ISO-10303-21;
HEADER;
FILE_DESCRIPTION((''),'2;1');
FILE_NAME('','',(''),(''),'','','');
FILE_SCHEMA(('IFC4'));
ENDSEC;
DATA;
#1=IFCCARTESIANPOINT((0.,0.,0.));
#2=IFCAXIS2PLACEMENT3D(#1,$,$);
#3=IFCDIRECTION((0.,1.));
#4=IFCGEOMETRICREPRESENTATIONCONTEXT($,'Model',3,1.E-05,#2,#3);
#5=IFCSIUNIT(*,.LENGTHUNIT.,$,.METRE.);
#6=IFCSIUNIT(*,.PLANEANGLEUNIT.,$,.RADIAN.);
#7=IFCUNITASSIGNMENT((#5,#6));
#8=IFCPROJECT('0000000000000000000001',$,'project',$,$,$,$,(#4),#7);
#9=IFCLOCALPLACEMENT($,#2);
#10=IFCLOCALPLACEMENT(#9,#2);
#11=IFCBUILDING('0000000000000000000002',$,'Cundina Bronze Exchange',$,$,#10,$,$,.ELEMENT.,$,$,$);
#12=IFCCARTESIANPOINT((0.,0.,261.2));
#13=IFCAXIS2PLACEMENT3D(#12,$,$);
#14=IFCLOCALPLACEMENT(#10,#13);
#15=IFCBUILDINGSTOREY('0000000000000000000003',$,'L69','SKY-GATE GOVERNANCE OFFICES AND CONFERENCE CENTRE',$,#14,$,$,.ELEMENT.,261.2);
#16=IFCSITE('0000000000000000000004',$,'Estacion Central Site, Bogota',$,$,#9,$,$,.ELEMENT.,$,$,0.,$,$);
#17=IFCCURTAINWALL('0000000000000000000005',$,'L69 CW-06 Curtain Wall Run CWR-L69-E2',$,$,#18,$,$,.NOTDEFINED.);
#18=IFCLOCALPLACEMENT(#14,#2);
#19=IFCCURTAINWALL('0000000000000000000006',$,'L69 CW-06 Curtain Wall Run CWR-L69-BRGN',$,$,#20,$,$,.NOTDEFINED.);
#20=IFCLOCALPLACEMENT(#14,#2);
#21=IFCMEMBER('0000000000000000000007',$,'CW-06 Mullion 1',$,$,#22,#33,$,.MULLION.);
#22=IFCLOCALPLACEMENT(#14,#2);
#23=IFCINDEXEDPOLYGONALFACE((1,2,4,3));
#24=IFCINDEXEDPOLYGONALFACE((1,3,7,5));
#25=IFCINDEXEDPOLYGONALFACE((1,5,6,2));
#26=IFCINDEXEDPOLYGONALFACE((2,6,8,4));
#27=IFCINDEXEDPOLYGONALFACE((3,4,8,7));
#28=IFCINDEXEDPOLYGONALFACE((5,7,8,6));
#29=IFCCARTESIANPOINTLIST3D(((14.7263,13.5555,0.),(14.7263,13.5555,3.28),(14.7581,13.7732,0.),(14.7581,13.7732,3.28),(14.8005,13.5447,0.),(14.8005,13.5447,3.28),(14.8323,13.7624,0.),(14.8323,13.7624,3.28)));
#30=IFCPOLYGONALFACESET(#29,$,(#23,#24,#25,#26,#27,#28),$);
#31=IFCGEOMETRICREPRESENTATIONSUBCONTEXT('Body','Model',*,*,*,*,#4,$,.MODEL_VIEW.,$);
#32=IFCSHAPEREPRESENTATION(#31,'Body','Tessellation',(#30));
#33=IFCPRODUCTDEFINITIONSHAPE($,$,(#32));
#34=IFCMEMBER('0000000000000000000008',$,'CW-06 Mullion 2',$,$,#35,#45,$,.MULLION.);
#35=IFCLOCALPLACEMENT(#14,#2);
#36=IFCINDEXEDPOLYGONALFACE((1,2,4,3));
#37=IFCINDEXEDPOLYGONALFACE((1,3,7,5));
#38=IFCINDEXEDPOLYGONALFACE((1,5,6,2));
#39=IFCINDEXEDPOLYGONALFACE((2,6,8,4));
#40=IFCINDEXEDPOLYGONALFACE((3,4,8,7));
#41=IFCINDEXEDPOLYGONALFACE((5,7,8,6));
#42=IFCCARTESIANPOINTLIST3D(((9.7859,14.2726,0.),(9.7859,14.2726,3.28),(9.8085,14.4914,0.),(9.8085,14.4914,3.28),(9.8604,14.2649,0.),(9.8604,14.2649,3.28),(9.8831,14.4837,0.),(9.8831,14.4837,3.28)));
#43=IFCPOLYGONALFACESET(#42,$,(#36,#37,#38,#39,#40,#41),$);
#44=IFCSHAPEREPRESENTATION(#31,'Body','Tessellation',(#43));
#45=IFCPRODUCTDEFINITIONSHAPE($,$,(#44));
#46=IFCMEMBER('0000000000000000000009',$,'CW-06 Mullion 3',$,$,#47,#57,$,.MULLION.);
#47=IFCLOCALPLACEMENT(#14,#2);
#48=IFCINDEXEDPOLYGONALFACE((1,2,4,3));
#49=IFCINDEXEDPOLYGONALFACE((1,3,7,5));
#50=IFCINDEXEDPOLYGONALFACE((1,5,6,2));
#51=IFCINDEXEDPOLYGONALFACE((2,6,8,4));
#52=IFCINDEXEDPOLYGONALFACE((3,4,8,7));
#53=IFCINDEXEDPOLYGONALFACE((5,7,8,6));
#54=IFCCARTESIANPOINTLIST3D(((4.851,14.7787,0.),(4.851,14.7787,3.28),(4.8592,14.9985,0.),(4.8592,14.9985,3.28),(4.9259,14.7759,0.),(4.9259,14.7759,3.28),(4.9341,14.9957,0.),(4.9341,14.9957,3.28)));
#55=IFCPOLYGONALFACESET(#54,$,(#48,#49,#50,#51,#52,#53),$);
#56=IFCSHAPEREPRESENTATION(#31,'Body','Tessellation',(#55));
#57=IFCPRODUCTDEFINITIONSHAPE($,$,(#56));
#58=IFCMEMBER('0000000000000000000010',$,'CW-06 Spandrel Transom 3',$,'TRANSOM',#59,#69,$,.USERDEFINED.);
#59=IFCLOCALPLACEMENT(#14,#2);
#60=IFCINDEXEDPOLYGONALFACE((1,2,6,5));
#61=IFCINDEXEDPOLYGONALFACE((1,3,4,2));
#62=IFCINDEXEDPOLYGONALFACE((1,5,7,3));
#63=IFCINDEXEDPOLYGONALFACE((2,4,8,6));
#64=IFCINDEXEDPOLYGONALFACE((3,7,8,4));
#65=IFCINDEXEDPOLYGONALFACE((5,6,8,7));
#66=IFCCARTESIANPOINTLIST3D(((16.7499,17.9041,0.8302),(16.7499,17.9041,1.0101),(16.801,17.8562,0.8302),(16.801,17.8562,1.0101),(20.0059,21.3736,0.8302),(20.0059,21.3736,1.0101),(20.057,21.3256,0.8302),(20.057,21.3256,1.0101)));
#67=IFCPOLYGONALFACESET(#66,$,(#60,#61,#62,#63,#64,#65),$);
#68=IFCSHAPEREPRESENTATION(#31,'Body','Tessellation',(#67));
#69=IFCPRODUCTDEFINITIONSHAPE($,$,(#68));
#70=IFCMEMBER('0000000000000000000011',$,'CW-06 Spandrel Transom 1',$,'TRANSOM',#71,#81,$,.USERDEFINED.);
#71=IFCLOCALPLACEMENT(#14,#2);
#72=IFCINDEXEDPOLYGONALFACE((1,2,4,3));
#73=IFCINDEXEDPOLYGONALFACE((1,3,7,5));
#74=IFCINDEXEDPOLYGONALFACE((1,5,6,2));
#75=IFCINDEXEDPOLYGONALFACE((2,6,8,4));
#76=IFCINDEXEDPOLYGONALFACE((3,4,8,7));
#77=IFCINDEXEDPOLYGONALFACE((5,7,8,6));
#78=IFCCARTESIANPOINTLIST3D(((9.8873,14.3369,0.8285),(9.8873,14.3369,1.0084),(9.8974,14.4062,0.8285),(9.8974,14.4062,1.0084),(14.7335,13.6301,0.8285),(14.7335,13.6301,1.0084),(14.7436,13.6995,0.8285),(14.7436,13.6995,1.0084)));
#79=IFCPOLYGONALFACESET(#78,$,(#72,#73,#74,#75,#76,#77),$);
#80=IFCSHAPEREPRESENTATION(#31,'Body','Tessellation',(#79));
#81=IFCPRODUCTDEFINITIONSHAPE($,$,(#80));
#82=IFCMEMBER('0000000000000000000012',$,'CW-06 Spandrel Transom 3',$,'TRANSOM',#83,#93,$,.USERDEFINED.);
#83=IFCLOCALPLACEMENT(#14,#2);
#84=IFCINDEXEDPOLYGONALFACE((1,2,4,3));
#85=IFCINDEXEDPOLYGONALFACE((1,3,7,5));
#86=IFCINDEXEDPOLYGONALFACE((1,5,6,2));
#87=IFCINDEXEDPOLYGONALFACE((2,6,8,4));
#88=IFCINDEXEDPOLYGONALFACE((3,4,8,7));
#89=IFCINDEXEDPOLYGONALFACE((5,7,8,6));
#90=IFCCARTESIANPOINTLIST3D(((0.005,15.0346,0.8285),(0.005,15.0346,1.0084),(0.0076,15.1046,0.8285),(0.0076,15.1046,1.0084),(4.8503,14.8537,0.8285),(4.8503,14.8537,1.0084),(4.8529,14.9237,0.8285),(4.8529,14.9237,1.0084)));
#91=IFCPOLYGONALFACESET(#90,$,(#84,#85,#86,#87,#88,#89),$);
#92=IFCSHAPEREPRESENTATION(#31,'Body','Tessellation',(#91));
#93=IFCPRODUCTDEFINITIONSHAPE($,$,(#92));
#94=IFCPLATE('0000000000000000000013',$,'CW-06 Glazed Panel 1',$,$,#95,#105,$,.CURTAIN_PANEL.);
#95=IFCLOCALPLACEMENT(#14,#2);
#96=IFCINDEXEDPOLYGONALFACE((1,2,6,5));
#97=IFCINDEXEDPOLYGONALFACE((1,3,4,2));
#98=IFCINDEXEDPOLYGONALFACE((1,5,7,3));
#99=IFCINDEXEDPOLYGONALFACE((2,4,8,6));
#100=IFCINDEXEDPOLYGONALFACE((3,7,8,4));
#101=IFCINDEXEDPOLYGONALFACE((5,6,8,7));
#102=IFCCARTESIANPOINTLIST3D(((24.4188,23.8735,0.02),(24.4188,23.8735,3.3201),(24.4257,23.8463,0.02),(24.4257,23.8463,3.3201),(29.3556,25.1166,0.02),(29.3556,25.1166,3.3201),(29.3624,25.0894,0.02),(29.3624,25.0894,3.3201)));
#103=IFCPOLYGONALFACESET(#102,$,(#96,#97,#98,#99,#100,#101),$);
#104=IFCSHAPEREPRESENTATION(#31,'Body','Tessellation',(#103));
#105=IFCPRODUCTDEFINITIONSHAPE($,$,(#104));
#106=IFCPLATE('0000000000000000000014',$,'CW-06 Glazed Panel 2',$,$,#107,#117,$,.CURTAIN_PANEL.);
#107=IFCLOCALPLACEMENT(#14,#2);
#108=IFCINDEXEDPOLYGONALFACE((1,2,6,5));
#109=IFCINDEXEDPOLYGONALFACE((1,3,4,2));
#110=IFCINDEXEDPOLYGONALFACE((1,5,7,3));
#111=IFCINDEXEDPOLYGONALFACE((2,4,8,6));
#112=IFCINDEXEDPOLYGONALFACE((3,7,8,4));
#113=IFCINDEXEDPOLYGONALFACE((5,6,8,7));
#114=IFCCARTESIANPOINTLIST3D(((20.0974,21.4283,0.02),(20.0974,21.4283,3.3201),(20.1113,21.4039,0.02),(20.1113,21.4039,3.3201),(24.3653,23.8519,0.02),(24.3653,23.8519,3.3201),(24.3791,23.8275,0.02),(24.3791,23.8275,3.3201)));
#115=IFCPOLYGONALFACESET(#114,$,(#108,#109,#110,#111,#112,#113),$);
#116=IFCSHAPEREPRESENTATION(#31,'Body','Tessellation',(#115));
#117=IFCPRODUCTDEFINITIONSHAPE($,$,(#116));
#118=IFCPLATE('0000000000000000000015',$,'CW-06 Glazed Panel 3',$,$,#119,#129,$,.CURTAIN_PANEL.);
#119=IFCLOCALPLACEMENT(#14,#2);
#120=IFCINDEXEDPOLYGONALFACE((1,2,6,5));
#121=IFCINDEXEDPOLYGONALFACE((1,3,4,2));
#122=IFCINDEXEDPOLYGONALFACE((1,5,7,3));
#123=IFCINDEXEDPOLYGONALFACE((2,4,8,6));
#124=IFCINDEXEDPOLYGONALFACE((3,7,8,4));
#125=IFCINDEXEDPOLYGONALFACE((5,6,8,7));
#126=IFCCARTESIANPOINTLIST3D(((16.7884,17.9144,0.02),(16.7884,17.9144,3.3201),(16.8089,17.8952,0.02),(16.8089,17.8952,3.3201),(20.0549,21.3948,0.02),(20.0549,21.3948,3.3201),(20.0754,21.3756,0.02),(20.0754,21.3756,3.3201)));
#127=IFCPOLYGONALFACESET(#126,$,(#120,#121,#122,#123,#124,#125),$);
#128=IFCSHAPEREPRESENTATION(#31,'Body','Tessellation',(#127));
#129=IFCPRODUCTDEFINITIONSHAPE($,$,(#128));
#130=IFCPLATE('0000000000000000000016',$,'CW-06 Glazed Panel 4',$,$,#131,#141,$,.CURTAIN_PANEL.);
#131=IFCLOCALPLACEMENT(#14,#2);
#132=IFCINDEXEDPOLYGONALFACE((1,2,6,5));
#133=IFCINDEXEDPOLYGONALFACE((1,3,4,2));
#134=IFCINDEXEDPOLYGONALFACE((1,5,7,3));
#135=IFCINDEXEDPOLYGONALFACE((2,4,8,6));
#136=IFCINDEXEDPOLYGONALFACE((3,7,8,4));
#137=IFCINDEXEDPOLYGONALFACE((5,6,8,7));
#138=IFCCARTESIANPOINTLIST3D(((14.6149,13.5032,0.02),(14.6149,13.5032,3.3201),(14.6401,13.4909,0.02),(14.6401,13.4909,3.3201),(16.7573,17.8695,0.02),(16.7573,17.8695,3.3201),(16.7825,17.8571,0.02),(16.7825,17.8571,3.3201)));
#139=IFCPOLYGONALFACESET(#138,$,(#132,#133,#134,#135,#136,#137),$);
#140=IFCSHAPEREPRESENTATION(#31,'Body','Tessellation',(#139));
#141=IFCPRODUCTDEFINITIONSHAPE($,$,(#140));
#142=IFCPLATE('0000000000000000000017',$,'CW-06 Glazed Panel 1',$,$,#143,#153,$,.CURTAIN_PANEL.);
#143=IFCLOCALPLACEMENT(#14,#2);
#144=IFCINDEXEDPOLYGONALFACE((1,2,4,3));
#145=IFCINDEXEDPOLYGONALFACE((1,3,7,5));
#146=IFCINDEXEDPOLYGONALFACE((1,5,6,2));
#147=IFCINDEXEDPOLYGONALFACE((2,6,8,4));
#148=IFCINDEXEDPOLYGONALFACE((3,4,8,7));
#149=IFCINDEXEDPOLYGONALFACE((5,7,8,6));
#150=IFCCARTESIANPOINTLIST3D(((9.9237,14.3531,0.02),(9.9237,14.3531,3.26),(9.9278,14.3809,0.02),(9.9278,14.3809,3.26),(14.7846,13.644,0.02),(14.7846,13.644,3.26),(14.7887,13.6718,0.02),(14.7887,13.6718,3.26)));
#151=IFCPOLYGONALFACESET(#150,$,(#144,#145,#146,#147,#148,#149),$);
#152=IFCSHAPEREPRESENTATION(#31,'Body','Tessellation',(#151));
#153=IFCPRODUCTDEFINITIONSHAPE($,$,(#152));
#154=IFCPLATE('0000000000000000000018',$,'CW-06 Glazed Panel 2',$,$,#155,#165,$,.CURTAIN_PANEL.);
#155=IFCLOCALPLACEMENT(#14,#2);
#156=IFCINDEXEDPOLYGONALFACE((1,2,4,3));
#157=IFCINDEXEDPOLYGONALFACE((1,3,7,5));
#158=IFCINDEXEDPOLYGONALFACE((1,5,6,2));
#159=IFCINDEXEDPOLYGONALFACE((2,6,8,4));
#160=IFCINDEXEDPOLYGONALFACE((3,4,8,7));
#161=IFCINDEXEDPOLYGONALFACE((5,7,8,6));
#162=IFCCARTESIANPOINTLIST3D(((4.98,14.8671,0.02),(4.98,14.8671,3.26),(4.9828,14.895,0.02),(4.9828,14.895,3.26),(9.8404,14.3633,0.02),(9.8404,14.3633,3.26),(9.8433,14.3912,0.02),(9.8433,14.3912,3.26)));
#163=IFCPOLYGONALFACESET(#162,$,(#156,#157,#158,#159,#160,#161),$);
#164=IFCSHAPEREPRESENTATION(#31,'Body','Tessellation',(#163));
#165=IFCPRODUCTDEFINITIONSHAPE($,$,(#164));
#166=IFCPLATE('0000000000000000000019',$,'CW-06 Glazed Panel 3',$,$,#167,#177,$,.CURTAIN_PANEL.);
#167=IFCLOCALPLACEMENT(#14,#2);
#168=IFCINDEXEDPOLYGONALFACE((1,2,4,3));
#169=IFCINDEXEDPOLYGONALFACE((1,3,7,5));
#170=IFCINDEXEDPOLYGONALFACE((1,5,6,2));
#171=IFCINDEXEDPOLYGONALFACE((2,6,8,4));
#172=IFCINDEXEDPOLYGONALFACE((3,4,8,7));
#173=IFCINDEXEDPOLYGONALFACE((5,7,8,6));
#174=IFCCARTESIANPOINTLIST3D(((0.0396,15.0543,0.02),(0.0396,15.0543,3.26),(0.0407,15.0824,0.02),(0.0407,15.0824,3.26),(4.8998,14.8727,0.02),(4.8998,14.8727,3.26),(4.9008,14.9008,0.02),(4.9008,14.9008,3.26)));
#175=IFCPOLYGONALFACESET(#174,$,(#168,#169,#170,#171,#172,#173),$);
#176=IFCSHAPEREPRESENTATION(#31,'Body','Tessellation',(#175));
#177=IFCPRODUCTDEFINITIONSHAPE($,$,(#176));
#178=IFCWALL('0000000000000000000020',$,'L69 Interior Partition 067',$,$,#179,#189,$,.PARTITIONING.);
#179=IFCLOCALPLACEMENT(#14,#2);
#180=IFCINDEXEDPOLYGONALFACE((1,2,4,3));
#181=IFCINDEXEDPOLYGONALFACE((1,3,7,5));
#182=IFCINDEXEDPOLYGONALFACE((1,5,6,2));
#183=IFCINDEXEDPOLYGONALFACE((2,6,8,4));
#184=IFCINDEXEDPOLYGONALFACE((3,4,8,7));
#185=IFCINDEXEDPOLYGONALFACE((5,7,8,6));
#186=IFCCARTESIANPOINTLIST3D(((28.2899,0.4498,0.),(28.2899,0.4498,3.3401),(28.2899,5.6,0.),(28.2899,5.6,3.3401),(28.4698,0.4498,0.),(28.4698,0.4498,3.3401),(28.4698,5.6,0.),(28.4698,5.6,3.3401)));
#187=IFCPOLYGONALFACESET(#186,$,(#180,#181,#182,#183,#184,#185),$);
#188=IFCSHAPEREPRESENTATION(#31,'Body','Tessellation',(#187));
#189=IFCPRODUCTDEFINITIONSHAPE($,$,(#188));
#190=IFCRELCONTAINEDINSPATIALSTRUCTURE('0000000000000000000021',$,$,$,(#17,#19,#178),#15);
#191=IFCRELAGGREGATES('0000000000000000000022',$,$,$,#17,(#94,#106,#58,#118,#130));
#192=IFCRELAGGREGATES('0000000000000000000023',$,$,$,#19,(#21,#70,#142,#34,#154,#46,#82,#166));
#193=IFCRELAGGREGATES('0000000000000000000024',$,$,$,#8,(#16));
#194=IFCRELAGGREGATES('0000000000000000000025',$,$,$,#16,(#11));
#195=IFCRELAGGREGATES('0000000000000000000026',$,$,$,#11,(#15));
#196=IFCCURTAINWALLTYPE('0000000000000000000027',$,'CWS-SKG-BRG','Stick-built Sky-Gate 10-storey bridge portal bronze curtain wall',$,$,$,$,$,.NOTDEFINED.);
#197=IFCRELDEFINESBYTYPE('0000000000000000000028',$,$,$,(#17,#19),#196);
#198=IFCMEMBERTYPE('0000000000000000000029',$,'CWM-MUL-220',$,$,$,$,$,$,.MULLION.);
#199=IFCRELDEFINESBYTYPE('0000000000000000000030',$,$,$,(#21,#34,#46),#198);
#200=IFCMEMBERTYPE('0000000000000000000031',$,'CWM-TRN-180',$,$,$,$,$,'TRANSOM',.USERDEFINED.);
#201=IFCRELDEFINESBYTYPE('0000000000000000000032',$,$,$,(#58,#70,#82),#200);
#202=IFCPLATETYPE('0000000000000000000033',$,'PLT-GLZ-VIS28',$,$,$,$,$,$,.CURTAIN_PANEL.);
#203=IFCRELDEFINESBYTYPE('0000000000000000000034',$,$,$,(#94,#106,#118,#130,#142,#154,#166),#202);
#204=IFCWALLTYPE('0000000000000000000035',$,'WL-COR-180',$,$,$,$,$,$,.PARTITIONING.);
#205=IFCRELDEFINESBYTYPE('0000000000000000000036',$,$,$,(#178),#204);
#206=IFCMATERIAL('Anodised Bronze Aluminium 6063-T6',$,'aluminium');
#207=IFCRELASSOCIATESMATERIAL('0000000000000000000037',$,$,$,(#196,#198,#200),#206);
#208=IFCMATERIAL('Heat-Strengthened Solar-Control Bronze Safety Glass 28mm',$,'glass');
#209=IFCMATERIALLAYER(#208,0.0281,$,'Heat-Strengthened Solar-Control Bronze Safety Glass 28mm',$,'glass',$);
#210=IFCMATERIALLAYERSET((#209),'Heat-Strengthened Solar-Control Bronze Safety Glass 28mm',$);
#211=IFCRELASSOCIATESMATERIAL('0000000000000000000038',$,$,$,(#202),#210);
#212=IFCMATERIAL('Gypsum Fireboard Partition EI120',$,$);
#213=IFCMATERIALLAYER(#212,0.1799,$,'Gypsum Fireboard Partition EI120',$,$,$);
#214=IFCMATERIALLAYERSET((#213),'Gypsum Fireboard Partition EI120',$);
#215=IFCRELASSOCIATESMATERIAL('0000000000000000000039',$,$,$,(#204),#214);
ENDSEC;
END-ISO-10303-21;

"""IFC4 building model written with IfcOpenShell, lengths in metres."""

from ifc_helpers import new_model, si_unit, direction, frame, frame_2d, origin, origin_2d, place, context, subcontext, project, spatial, rectangle, extrude, material, layer, layer_set, material_profile, profile_set, type_object, element, aggregate, save


model = new_model("IFC4")

# Units and contexts
model_context = context("Model", 3, precision=1e-05, world=origin(), true_north=direction((0.0, 1.0)))
body_context = subcontext(model_context, "Body", "Model", "MODEL_VIEW")
ifc_project = project(units=[si_unit("LENGTHUNIT", "METRE"), si_unit("PLANEANGLEUNIT", "RADIAN")], contexts=[model_context])

# Site, building, storey
site_placement = place(None, origin())
site = spatial("IfcSite", under=ifc_project, at=site_placement, Name="Estacion Central Site, Bogota", CompositionType="ELEMENT", RefElevation=0.0)
building_placement = place(site_placement, origin())
building = spatial("IfcBuilding", under=site, at=building_placement, Name="Cundina Bronze Exchange", CompositionType="ELEMENT")
storey_placement = place(building_placement, frame((0.0, 0.0, 261.2)))
storey = spatial("IfcBuildingStorey", under=building, at=storey_placement, Name="L69", Description="SKY-GATE GOVERNANCE OFFICES AND CONFERENCE CENTRE", CompositionType="ELEMENT", Elevation=261.2)

# Curtain walls, members
ifc_material_1 = material(Name="Anodised Bronze Aluminium 6063-T6", Category="aluminium")
curtain_wall_type = type_object("IfcCurtainWallType", Name="CWS-SKG-BRG", Description="Stick-built Sky-Gate 10-storey bridge portal bronze curtain wall", PredefinedType="NOTDEFINED", material=ifc_material_1)
curtain_wall_1_placement = place(storey_placement, origin())
curtain_wall_1 = element("IfcCurtainWall", 1, at=curtain_wall_1_placement, inside=storey, type_object=curtain_wall_type, Name="L69 CW-06 Curtain Wall Run CWR-L69-E2", PredefinedType="NOTDEFINED")
ifc_material_profile_1 = material_profile(ifc_material_1, rectangle(XDim=0.075, YDim=0.22, at=origin_2d()), Name="AL75X220", Category="aluminium")
ifc_profile_set_1 = profile_set([ifc_material_profile_1], Name="Anodised Bronze Aluminium 6063-T6")
member_type_1 = type_object("IfcMemberType", Name="CWM-MUL-220", PredefinedType="MULLION", material=ifc_profile_set_1)
curtain_wall_2_placement = place(storey_placement, origin())
curtain_wall_2 = element("IfcCurtainWall", 2, at=curtain_wall_2_placement, inside=storey, type_object=curtain_wall_type, Name="L69 CW-06 Curtain Wall Run CWR-L69-BRGN", PredefinedType="NOTDEFINED")
member_1_placement = place(storey_placement, frame((14.7793, 13.6589, 0.0), z_axis=(0.0, 0.0, 1.0), x_axis=(-0.989526, 0.144356, 0.0)))
member_1 = element("IfcMember", 3, at=member_1_placement, type_object=member_type_1, Name="CW-06 Mullion 1", PredefinedType="MULLION", context=body_context, shape_type="SweptSolid", body=[
    extrude(rectangle(XDim=0.075, YDim=0.22, at=origin_2d()), origin(), (0.0, 0.0, 1.0), 3.28),
])
member_2_placement = place(storey_placement, frame((9.8345, 14.3782, 0.0), z_axis=(0.0, 0.0, 1.0), x_axis=(-0.994667, 0.10314, 0.0)))
member_2 = element("IfcMember", 4, at=member_2_placement, type_object=member_type_1, Name="CW-06 Mullion 2", PredefinedType="MULLION", context=body_context, shape_type="SweptSolid", body=[
    extrude(rectangle(XDim=0.075, YDim=0.22, at=origin_2d()), origin(), (0.0, 0.0, 1.0), 3.28),
])
member_3_placement = place(storey_placement, frame((4.8926, 14.8872, 0.0), z_axis=(0.0, 0.0, 1.0), x_axis=(-0.999303, 0.037341, 0.0)))
member_3 = element("IfcMember", 5, at=member_3_placement, type_object=member_type_1, Name="CW-06 Mullion 3", PredefinedType="MULLION", context=body_context, shape_type="SweptSolid", body=[
    extrude(rectangle(XDim=0.075, YDim=0.22, at=origin_2d()), origin(), (0.0, 0.0, 1.0), 3.28),
])

# Members
ifc_material_profile_2 = material_profile(ifc_material_1, rectangle(XDim=0.0701, YDim=0.1799, at=origin_2d()), Name="AL70X180", Category="aluminium")
ifc_profile_set_2 = profile_set([ifc_material_profile_2], Name="Anodised Bronze Aluminium 6063-T6")
member_type_2 = type_object("IfcMemberType", Name="CWM-TRN-180", ElementType="TRANSOM", PredefinedType="USERDEFINED", material=ifc_profile_set_2)
member_4_placement = place(storey_placement, frame((20.0315, 21.3496, 0.9202), z_axis=(-0.684328, -0.729174, 0.0), x_axis=(0.729174, -0.684328, 0.0)))
member_4 = element("IfcMember", 6, at=member_4_placement, type_object=member_type_2, Name="CW-06 Spandrel Transom 3", ObjectType="TRANSOM", PredefinedType="USERDEFINED", context=body_context, shape_type="SweptSolid", body=[
    extrude(rectangle(XDim=0.0701, YDim=0.1799, at=origin_2d()), origin(), (0.0, 0.0, 1.0), 4.7581),
])
member_5_placement = place(storey_placement, frame((14.7385, 13.6648, 0.9185), z_axis=(-0.989531, 0.144317, 0.0), x_axis=(-0.144317, -0.989531, 0.0)))
member_5 = element("IfcMember", 7, at=member_5_placement, type_object=member_type_2, Name="CW-06 Spandrel Transom 1", ObjectType="TRANSOM", PredefinedType="USERDEFINED", context=body_context, shape_type="SweptSolid", body=[
    extrude(rectangle(XDim=0.0701, YDim=0.1799, at=origin_2d()), origin(), (0.0, 0.0, 1.0), 4.8975),
])
member_6_placement = place(storey_placement, frame((4.8516, 14.8887, 0.9185), z_axis=(-0.999304, 0.037312, 0.0), x_axis=(-0.037312, -0.999304, 0.0)))
member_6 = element("IfcMember", 8, at=member_6_placement, type_object=member_type_2, Name="CW-06 Spandrel Transom 3", ObjectType="TRANSOM", PredefinedType="USERDEFINED", context=body_context, shape_type="SweptSolid", body=[
    extrude(rectangle(XDim=0.0701, YDim=0.1799, at=origin_2d()), origin(), (0.0, 0.0, 1.0), 4.8486),
])

# Plates
ifc_material_2 = material(Name="Heat-Strengthened Solar-Control Bronze Safety Glass 28mm", Category="glass")
ifc_layer_1 = layer(ifc_material_2, 0.0281, Name="Heat-Strengthened Solar-Control Bronze Safety Glass 28mm", Category="glass")
ifc_layer_set_1 = layer_set([ifc_layer_1], Name="Heat-Strengthened Solar-Control Bronze Safety Glass 28mm")
plate_type = type_object("IfcPlateType", Name="PLT-GLZ-VIS28", PredefinedType="CURTAIN_PANEL", material=ifc_layer_set_1)
plate_1_placement = place(storey_placement, frame((26.8906, 24.4814, 0.02), z_axis=(0.0, 0.0, 1.0), x_axis=(-0.969732, -0.244174, 0.0)))
plate_1 = element("IfcPlate", 9, at=plate_1_placement, type_object=plate_type, Name="CW-06 Glazed Panel 1", PredefinedType="CURTAIN_PANEL", context=body_context, shape_type="SweptSolid", body=[
    extrude(rectangle(XDim=5.0908, YDim=0.0281, at=origin_2d()), origin(), (0.0, 0.0, 1.0), 3.3),
])
plate_2_placement = place(storey_placement, frame((22.2383, 22.6279, 0.02), z_axis=(0.0, 0.0, 1.0), x_axis=(-0.869573, -0.493805, 0.0)))
plate_2 = element("IfcPlate", 10, at=plate_2_placement, type_object=plate_type, Name="CW-06 Glazed Panel 2", PredefinedType="CURTAIN_PANEL", context=body_context, shape_type="SweptSolid", body=[
    extrude(rectangle(XDim=4.908, YDim=0.0281, at=origin_2d()), origin(), (0.0, 0.0, 1.0), 3.3),
])
plate_3_placement = place(storey_placement, frame((18.4319, 19.645, 0.02), z_axis=(0.0, 0.0, 1.0), x_axis=(-0.684344, -0.72916, 0.0)))
plate_3 = element("IfcPlate", 11, at=plate_3_placement, type_object=plate_type, Name="CW-06 Glazed Panel 3", PredefinedType="CURTAIN_PANEL", context=body_context, shape_type="SweptSolid", body=[
    extrude(rectangle(XDim=4.7732, YDim=0.0281, at=origin_2d()), origin(), (0.0, 0.0, 1.0), 3.3),
])
plate_4_placement = place(storey_placement, frame((15.6987, 15.6802, 0.02), z_axis=(0.0, 0.0, 1.0), x_axis=(-0.440503, -0.897751, 0.0)))
plate_4 = element("IfcPlate", 12, at=plate_4_placement, type_object=plate_type, Name="CW-06 Glazed Panel 4", PredefinedType="CURTAIN_PANEL", context=body_context, shape_type="SweptSolid", body=[
    extrude(rectangle(XDim=4.8635, YDim=0.0281, at=origin_2d()), origin(), (0.0, 0.0, 1.0), 3.3),
])
aggregate(curtain_wall_1, [plate_1, plate_2, member_4, plate_3, plate_4])
plate_5_placement = place(storey_placement, frame((12.3562, 14.0125, 0.02), z_axis=(0.0, 0.0, 1.0), x_axis=(-0.989528, 0.144339, 0.0)))
plate_5 = element("IfcPlate", 13, at=plate_5_placement, type_object=plate_type, Name="CW-06 Glazed Panel 1", PredefinedType="CURTAIN_PANEL", context=body_context, shape_type="SweptSolid", body=[
    extrude(rectangle(XDim=4.9124, YDim=0.0281, at=origin_2d()), origin(), (0.0, 0.0, 1.0), 3.24),
])
plate_6_placement = place(storey_placement, frame((7.4116, 14.6292, 0.02), z_axis=(0.0, 0.0, 1.0), x_axis=(-0.994672, 0.103088, 0.0)))
plate_6 = element("IfcPlate", 14, at=plate_6_placement, type_object=plate_type, Name="CW-06 Glazed Panel 2", PredefinedType="CURTAIN_PANEL", context=body_context, shape_type="SweptSolid", body=[
    extrude(rectangle(XDim=4.8865, YDim=0.0281, at=origin_2d()), origin(), (0.0, 0.0, 1.0), 3.24),
])
plate_7_placement = place(storey_placement, frame((2.4702, 14.9775, 0.02), z_axis=(0.0, 0.0, 1.0), x_axis=(-0.999303, 0.037341, 0.0)))
plate_7 = element("IfcPlate", 15, at=plate_7_placement, type_object=plate_type, Name="CW-06 Glazed Panel 3", PredefinedType="CURTAIN_PANEL", context=body_context, shape_type="SweptSolid", body=[
    extrude(rectangle(XDim=4.8635, YDim=0.0281, at=origin_2d()), origin(), (0.0, 0.0, 1.0), 3.24),
])
aggregate(curtain_wall_2, [member_1, member_5, plate_5, member_2, plate_6, member_3, member_6, plate_7])

# Wall
ifc_material_3 = material(Name="Gypsum Fireboard Partition EI120")
ifc_layer_2 = layer(ifc_material_3, 0.1799, Name="Gypsum Fireboard Partition EI120")
ifc_layer_set_2 = layer_set([ifc_layer_2], Name="Gypsum Fireboard Partition EI120")
wall_type_1 = type_object("IfcWallType", Name="WL-COR-180", PredefinedType="PARTITIONING", material=ifc_layer_set_2)
wall_1_placement = place(storey_placement, frame((28.3799, 5.6001, 0.0), z_axis=(0.0, 0.0, 1.0), x_axis=(0.0, -1.0, 0.0)))
element("IfcWall", 16, at=wall_1_placement, inside=storey, type_object=wall_type_1, Name="L69 Interior Partition 067", PredefinedType="PARTITIONING", context=body_context, shape_type="SweptSolid", body=[
    extrude(rectangle(XDim=5.1501, YDim=0.1799, at=frame_2d((2.5752, 0.0))), origin(), (0.0, 0.0, 1.0), 3.3401),
])

save(model, "model.ifc")
